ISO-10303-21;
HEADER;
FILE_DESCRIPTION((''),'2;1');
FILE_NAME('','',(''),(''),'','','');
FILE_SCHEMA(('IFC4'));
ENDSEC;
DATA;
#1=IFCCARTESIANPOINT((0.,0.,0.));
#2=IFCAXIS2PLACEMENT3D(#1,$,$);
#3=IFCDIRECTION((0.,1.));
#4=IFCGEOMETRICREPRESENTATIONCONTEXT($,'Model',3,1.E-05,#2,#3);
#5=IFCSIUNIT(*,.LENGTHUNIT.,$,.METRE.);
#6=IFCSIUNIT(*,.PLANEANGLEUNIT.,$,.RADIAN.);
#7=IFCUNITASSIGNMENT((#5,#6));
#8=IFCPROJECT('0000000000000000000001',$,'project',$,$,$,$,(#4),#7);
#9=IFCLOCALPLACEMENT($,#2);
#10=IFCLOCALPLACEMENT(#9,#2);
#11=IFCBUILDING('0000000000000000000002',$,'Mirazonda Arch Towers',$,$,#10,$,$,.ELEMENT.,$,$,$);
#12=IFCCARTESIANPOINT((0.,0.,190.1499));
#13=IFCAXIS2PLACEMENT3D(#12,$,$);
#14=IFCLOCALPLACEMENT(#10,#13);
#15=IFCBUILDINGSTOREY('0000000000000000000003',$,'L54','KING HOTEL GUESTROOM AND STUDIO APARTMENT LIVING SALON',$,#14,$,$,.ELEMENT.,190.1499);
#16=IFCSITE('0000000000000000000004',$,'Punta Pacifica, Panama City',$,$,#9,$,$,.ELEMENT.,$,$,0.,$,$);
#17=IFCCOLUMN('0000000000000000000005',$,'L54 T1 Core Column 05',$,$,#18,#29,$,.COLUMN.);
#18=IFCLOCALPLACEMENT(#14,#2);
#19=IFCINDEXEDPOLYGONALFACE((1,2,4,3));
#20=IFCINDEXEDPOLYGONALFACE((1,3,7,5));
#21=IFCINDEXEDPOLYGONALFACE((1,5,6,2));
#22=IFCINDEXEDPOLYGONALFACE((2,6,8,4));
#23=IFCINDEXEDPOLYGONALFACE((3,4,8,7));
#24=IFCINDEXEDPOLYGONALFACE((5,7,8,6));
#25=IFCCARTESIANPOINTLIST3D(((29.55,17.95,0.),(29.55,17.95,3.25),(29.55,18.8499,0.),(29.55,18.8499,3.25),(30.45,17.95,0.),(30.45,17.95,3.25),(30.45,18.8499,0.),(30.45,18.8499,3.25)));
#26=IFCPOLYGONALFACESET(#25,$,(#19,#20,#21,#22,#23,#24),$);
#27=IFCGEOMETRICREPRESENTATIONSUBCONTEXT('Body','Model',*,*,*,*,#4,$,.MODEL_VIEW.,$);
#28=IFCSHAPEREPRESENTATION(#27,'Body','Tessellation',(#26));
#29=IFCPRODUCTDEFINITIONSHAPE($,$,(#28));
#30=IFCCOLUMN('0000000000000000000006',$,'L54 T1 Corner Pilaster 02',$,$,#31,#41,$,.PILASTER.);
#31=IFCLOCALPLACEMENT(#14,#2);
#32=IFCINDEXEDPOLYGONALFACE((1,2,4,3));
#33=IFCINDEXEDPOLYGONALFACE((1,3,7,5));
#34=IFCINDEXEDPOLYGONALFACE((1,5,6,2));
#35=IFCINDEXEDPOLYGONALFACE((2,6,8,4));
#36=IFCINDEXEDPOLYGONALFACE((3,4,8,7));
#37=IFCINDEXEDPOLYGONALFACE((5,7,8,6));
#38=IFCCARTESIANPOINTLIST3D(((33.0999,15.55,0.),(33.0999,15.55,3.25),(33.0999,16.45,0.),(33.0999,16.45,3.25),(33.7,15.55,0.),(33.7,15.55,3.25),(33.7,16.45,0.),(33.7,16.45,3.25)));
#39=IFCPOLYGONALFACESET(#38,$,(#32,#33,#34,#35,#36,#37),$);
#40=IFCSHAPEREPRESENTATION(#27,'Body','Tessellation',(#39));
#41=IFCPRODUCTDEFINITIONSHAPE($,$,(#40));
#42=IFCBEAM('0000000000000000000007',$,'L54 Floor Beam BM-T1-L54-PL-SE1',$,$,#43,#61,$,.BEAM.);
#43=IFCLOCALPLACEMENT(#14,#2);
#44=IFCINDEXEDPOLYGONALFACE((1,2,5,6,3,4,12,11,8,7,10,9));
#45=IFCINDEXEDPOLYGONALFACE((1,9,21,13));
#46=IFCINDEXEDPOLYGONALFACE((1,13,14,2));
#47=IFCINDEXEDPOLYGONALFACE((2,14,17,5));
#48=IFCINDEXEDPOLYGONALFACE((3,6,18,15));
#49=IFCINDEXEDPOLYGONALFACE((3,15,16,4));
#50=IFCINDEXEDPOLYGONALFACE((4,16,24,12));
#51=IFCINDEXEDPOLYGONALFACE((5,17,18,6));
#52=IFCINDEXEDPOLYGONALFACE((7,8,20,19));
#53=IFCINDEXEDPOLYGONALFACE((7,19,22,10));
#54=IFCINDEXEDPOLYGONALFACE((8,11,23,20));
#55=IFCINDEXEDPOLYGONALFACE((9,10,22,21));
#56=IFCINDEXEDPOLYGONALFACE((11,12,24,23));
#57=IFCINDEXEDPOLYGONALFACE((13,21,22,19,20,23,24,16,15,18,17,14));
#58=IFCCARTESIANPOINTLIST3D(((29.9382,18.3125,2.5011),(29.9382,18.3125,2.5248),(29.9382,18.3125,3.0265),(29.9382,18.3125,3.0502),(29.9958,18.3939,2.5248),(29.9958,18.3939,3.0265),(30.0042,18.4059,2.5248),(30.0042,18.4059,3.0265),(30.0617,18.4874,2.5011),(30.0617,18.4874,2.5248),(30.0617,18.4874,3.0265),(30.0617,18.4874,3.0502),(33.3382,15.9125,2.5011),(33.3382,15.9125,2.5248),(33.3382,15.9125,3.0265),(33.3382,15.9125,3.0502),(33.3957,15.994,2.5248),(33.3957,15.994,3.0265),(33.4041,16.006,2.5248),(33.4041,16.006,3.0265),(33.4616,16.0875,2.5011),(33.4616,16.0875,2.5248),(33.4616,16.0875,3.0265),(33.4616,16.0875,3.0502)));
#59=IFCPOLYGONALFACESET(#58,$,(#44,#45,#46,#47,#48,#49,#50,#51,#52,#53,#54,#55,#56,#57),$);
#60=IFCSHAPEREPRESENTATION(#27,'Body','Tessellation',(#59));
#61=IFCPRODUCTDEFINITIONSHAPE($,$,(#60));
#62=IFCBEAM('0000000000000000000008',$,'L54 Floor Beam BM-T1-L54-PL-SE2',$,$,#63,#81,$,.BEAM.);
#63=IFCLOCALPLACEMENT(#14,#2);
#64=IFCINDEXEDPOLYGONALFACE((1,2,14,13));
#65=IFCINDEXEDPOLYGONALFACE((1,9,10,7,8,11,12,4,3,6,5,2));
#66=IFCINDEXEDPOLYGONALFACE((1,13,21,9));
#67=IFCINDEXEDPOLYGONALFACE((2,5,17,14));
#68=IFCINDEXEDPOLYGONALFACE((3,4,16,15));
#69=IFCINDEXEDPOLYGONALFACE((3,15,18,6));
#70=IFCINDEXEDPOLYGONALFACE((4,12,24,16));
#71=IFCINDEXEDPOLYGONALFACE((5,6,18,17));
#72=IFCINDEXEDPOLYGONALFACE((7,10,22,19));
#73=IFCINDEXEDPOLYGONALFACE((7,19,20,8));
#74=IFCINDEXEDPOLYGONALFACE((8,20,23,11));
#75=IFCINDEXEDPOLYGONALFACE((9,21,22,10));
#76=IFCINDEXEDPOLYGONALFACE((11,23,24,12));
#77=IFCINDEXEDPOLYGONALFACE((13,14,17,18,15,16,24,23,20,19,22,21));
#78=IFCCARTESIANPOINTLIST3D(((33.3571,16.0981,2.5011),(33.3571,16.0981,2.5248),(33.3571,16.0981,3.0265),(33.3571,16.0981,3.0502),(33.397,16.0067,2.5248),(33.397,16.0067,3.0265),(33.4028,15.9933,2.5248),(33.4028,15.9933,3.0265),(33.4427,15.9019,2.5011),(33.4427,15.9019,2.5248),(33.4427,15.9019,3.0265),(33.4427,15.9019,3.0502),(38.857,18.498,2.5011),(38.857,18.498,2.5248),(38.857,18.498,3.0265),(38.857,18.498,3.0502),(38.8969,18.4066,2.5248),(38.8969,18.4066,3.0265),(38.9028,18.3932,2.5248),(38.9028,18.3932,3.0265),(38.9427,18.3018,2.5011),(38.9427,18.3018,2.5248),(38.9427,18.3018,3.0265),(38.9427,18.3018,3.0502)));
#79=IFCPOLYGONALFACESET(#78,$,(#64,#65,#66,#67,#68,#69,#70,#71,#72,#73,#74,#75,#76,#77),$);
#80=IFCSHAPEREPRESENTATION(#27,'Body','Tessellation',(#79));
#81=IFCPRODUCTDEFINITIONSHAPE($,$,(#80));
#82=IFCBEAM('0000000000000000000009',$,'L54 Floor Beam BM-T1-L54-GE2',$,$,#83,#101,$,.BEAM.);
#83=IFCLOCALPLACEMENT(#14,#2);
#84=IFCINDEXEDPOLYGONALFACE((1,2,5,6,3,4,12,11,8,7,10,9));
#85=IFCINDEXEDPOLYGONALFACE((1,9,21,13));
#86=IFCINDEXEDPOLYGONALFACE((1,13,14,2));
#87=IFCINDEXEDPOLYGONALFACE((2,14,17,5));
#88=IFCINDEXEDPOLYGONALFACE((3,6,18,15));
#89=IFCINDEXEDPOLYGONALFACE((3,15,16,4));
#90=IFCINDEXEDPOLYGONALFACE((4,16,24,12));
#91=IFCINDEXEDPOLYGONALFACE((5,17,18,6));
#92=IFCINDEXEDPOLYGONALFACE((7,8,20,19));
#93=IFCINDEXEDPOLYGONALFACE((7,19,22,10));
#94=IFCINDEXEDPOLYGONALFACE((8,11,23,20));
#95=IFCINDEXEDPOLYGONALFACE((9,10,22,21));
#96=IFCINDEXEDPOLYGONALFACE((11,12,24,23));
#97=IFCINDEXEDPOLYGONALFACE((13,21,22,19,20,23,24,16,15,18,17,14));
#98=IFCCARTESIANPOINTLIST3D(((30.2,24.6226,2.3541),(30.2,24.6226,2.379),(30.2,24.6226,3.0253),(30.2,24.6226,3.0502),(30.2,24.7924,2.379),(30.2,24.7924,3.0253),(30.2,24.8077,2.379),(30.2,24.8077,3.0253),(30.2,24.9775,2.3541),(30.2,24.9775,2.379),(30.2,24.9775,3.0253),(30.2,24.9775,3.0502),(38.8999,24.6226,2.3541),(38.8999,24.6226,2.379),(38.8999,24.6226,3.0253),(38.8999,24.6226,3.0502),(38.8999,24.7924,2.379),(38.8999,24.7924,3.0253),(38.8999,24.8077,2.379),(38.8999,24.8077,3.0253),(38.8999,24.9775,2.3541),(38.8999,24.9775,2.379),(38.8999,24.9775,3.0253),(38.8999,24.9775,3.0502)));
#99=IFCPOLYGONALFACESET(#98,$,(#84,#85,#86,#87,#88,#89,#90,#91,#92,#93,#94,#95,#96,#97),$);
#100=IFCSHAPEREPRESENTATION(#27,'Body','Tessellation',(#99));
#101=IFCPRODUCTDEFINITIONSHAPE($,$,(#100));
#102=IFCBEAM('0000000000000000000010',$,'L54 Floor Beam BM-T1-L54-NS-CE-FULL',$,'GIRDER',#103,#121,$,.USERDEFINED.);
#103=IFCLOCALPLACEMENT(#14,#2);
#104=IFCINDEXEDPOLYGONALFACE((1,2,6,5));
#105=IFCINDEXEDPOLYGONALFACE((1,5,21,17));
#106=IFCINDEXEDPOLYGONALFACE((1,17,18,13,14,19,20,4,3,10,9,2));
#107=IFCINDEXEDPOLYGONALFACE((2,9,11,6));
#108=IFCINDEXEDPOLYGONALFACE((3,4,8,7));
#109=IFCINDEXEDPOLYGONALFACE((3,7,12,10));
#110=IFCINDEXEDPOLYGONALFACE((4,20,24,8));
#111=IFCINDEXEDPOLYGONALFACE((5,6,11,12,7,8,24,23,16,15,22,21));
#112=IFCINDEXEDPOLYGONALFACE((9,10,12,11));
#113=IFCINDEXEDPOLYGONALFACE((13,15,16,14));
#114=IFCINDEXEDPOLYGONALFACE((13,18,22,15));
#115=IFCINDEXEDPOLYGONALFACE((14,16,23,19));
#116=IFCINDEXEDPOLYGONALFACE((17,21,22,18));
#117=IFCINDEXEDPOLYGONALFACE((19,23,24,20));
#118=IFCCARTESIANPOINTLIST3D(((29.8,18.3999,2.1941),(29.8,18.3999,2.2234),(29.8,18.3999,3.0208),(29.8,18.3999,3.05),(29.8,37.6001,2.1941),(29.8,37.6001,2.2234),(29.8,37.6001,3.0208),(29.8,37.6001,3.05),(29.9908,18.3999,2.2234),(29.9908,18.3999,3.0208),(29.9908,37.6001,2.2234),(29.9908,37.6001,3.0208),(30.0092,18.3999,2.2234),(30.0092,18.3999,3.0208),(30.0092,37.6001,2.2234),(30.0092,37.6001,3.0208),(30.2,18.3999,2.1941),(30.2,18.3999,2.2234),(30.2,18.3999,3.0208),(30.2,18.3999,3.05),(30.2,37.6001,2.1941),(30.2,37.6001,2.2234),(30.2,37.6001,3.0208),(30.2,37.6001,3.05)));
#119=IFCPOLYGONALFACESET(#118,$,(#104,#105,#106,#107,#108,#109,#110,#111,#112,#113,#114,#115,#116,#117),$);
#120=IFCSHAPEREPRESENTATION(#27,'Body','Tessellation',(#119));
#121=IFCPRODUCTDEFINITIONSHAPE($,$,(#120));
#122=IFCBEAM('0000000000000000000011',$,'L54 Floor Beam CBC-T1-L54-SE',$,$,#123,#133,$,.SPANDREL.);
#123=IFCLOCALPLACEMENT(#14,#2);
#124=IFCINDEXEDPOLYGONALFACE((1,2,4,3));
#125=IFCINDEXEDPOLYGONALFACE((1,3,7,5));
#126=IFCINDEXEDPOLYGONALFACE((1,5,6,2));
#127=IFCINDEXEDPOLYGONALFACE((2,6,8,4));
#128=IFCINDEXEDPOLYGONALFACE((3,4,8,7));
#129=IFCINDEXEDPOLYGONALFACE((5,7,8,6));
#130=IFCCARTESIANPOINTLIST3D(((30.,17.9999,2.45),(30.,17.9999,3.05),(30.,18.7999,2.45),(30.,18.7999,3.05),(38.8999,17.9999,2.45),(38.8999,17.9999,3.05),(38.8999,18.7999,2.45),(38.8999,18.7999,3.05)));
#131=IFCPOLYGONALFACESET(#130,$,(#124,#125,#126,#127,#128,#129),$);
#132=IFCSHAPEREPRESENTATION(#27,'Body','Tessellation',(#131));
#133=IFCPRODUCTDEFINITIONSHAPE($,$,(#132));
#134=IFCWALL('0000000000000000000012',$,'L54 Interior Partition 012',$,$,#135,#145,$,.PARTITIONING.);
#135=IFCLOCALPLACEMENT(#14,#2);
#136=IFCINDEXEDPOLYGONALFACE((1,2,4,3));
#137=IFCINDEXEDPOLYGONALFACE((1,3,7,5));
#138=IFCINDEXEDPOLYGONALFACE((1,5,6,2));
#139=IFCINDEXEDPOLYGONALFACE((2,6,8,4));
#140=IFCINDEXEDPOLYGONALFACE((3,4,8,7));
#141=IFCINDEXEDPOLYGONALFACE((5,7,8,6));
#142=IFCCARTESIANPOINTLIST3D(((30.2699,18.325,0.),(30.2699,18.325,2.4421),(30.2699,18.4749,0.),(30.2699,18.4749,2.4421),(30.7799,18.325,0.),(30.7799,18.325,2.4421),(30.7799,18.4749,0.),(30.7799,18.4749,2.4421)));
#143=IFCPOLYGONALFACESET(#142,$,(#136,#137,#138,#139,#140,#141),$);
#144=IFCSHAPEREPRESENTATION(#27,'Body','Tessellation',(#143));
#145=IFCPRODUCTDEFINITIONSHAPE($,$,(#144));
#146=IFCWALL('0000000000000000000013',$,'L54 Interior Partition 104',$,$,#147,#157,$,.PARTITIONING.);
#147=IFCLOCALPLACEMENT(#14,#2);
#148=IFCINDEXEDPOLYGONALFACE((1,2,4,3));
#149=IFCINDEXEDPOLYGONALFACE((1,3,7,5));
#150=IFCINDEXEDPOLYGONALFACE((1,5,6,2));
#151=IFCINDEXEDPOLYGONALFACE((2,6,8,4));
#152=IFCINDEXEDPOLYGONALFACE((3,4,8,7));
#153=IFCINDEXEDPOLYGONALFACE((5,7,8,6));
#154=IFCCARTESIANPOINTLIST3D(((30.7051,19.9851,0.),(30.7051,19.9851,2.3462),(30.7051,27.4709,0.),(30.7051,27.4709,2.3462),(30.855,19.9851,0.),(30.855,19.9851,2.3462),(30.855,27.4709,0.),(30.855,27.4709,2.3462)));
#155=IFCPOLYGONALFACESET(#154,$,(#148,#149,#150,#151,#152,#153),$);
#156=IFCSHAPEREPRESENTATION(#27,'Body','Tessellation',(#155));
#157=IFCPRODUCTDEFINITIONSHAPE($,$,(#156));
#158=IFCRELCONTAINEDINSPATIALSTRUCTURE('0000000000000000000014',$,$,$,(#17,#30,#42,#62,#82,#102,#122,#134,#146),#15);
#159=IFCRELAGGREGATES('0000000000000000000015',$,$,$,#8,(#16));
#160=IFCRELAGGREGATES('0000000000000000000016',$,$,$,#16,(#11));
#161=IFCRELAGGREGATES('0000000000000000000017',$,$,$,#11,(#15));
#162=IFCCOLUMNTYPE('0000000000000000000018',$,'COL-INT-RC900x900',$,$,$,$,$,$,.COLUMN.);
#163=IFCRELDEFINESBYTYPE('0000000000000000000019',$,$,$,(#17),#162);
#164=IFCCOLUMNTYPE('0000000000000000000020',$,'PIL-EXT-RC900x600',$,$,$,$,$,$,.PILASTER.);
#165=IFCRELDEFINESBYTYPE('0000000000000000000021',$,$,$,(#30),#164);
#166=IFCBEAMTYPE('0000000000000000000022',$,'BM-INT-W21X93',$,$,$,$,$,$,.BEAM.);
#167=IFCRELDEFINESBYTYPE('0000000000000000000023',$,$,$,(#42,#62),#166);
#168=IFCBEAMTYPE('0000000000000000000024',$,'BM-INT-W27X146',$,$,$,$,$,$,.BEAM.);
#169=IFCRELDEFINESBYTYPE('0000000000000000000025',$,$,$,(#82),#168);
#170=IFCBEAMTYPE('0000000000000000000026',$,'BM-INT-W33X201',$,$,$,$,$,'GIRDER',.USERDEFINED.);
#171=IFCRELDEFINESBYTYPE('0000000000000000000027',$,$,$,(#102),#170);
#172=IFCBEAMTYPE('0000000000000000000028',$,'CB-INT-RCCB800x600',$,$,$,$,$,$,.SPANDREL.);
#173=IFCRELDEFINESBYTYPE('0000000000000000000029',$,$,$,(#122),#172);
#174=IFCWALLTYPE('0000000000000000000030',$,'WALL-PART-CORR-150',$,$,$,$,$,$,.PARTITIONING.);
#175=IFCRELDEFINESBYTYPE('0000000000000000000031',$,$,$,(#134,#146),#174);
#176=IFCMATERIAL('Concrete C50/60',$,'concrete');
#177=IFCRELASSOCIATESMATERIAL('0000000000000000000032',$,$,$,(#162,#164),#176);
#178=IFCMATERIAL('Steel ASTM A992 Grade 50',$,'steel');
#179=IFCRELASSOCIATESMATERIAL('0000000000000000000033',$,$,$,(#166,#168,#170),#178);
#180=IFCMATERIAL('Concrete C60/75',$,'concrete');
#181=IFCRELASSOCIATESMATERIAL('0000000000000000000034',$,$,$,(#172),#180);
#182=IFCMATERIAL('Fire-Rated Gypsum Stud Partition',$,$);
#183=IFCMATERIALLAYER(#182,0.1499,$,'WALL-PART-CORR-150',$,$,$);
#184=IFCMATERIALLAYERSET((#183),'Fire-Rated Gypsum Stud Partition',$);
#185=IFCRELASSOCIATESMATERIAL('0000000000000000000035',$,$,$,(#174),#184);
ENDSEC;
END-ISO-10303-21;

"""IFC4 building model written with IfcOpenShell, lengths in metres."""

from ifc_helpers import new_model, si_unit, direction, frame, frame_2d, origin, origin_2d, place, context, subcontext, project, spatial, rectangle, i_section, extrude, material, layer, layer_set, material_profile, profile_set, type_object, element, save


model = new_model("IFC4")

# Units and contexts
model_context = context("Model", 3, precision=1e-05, world=origin(), true_north=direction((0.0, 1.0)))
body_context = subcontext(model_context, "Body", "Model", "MODEL_VIEW")
ifc_project = project(units=[si_unit("LENGTHUNIT", "METRE"), si_unit("PLANEANGLEUNIT", "RADIAN")], contexts=[model_context])

# Site, building, storey
site_placement = place(None, origin())
site = spatial("IfcSite", under=ifc_project, at=site_placement, Name="Punta Pacifica, Panama City", CompositionType="ELEMENT", RefElevation=0.0)
building_placement = place(site_placement, origin())
building = spatial("IfcBuilding", under=site, at=building_placement, Name="Mirazonda Arch Towers", CompositionType="ELEMENT")
storey_placement = place(building_placement, frame((0.0, 0.0, 190.1499)))
storey = spatial("IfcBuildingStorey", under=building, at=storey_placement, Name="L54", Description="KING HOTEL GUESTROOM AND STUDIO APARTMENT LIVING SALON", CompositionType="ELEMENT", Elevation=190.1499)

# Columns
ifc_material_1 = material(Name="Concrete C50/60", Category="concrete")
ifc_material_profile_1 = material_profile(ifc_material_1, rectangle(XDim=0.8999, YDim=0.8999, at=origin_2d()), Name="RC900x900")
ifc_profile_set_1 = profile_set([ifc_material_profile_1], Name="Concrete C50/60")
column_type_1 = type_object("IfcColumnType", Name="COL-INT-RC900x900", PredefinedType="COLUMN", material=ifc_profile_set_1)
column_1_placement = place(storey_placement, frame((30.0, 18.3999, 0.0), z_axis=(0.0, 0.0, 1.0), x_axis=(1.0, 0.0, 0.0)))
element("IfcColumn", 1, at=column_1_placement, inside=storey, type_object=column_type_1, Name="L54 T1 Core Column 05", PredefinedType="COLUMN", context=body_context, shape_type="SweptSolid", body=[
    extrude(rectangle(XDim=0.8999, YDim=0.8999, at=origin_2d()), origin(), (0.0, 0.0, 1.0), 3.25),
])
ifc_material_profile_2 = material_profile(ifc_material_1, rectangle(XDim=0.6001, YDim=0.8999, at=origin_2d()), Name="RC900x600")
ifc_profile_set_2 = profile_set([ifc_material_profile_2], Name="Concrete C50/60")
column_type_2 = type_object("IfcColumnType", Name="PIL-EXT-RC900x600", PredefinedType="PILASTER", material=ifc_profile_set_2)
column_2_placement = place(storey_placement, frame((33.3999, 16.0, 0.0), z_axis=(0.0, 0.0, 1.0), x_axis=(1.0, 0.0, 0.0)))
element("IfcColumn", 2, at=column_2_placement, inside=storey, type_object=column_type_2, Name="L54 T1 Corner Pilaster 02", PredefinedType="PILASTER", context=body_context, shape_type="SweptSolid", body=[
    extrude(rectangle(XDim=0.6001, YDim=0.8999, at=origin_2d()), origin(), (0.0, 0.0, 1.0), 3.25),
])

# Beams
ifc_material_2 = material(Name="Steel ASTM A992 Grade 50", Category="steel")
ifc_material_profile_3 = material_profile(ifc_material_2, i_section(OverallWidth=0.2141, OverallDepth=0.5491, WebThickness=0.0146, FlangeThickness=0.0237, at=origin_2d()), Name="W21X93")
ifc_profile_set_3 = profile_set([ifc_material_profile_3], Name="Steel ASTM A992 Grade 50")
beam_type_1 = type_object("IfcBeamType", Name="BM-INT-W21X93", PredefinedType="BEAM", material=ifc_profile_set_3)
beam_1_placement = place(storey_placement, frame((33.3999, 16.0, 2.7756), z_axis=(-0.816971, 0.576679, 0.0), x_axis=(-0.576679, -0.816971, 0.0)))
element("IfcBeam", 3, at=beam_1_placement, inside=storey, type_object=beam_type_1, Name="L54 Floor Beam BM-T1-L54-PL-SE1", PredefinedType="BEAM", context=body_context, shape_type="SweptSolid", body=[
    extrude(i_section(OverallWidth=0.2141, OverallDepth=0.5491, WebThickness=0.0146, FlangeThickness=0.0237, at=origin_2d()), origin(), (0.0, 0.0, 1.0), 4.1616),
])
beam_2_placement = place(storey_placement, frame((33.3999, 16.0, 2.7756), z_axis=(0.916545, 0.399931, 0.0), x_axis=(-0.399931, 0.916545, 0.0)))
element("IfcBeam", 4, at=beam_2_placement, inside=storey, type_object=beam_type_1, Name="L54 Floor Beam BM-T1-L54-PL-SE2", PredefinedType="BEAM", context=body_context, shape_type="SweptSolid", body=[
    extrude(i_section(OverallWidth=0.2141, OverallDepth=0.5491, WebThickness=0.0146, FlangeThickness=0.0237, at=origin_2d()), origin(), (0.0, 0.0, 1.0), 6.0007),
])
ifc_material_profile_4 = material_profile(ifc_material_2, i_section(OverallWidth=0.355, OverallDepth=0.696, WebThickness=0.0154, FlangeThickness=0.0249, at=origin_2d()), Name="W27X146")
ifc_profile_set_4 = profile_set([ifc_material_profile_4], Name="Steel ASTM A992 Grade 50")
beam_type_2 = type_object("IfcBeamType", Name="BM-INT-W27X146", PredefinedType="BEAM", material=ifc_profile_set_4)
beam_3_placement = place(storey_placement, frame((30.2, 24.8, 2.7021), z_axis=(1.0, 0.0, 0.0), x_axis=(0.0, 1.0, 0.0)))
element("IfcBeam", 5, at=beam_3_placement, inside=storey, type_object=beam_type_2, Name="L54 Floor Beam BM-T1-L54-GE2", PredefinedType="BEAM", context=body_context, shape_type="SweptSolid", body=[
    extrude(i_section(OverallWidth=0.355, OverallDepth=0.696, WebThickness=0.0154, FlangeThickness=0.0249, at=origin_2d()), origin(), (0.0, 0.0, 1.0), 8.7),
])
ifc_material_profile_5 = material_profile(ifc_material_2, i_section(OverallWidth=0.3999, OverallDepth=0.856, WebThickness=0.0183, FlangeThickness=0.0293, at=origin_2d()), Name="W33X201")
ifc_profile_set_5 = profile_set([ifc_material_profile_5], Name="Steel ASTM A992 Grade 50")
beam_type_3 = type_object("IfcBeamType", Name="BM-INT-W33X201", ElementType="GIRDER", PredefinedType="USERDEFINED", material=ifc_profile_set_5)
beam_4_placement = place(storey_placement, frame((30.0, 18.3999, 2.6221), z_axis=(0.0, 1.0, 0.0), x_axis=(-1.0, 0.0, 0.0)))
element("IfcBeam", 6, at=beam_4_placement, inside=storey, type_object=beam_type_3, Name="L54 Floor Beam BM-T1-L54-NS-CE-FULL", ObjectType="GIRDER", PredefinedType="USERDEFINED", context=body_context, shape_type="SweptSolid", body=[
    extrude(i_section(OverallWidth=0.3999, OverallDepth=0.856, WebThickness=0.0183, FlangeThickness=0.0293, at=origin_2d()), origin(), (0.0, 0.0, 1.0), 19.2002),
])
ifc_material_3 = material(Name="Concrete C60/75", Category="concrete")
ifc_material_profile_6 = material_profile(ifc_material_3, rectangle(XDim=0.8, YDim=0.6001, at=origin_2d()), Name="RCCB800x600")
ifc_profile_set_6 = profile_set([ifc_material_profile_6], Name="Concrete C60/75")
beam_type_4 = type_object("IfcBeamType", Name="CB-INT-RCCB800x600", PredefinedType="SPANDREL", material=ifc_profile_set_6)
beam_5_placement = place(storey_placement, frame((30.0, 18.3999, 2.75), z_axis=(1.0, 0.0, 0.0), x_axis=(0.0, 1.0, 0.0)))
element("IfcBeam", 7, at=beam_5_placement, inside=storey, type_object=beam_type_4, Name="L54 Floor Beam CBC-T1-L54-SE", PredefinedType="SPANDREL", context=body_context, shape_type="SweptSolid", body=[
    extrude(rectangle(XDim=0.8, YDim=0.6001, at=origin_2d()), origin(), (0.0, 0.0, 1.0), 8.8999),
])

# Walls
ifc_material_4 = material(Name="Fire-Rated Gypsum Stud Partition")
ifc_layer_1 = layer(ifc_material_4, 0.1499, Name="WALL-PART-CORR-150")
ifc_layer_set_1 = layer_set([ifc_layer_1], Name="Fire-Rated Gypsum Stud Partition")
wall_type_1 = type_object("IfcWallType", Name="WALL-PART-CORR-150", PredefinedType="PARTITIONING", material=ifc_layer_set_1)
wall_1_placement = place(storey_placement, frame((30.27, 18.3999, 0.0), z_axis=(0.0, 0.0, 1.0), x_axis=(1.0, 0.0, 0.0)))
element("IfcWall", 8, at=wall_1_placement, inside=storey, type_object=wall_type_1, Name="L54 Interior Partition 012", PredefinedType="PARTITIONING", context=body_context, shape_type="SweptSolid", body=[
    extrude(rectangle(XDim=0.51, YDim=0.1499, at=frame_2d((0.2549, 0.0))), origin(), (0.0, 0.0, 1.0), 2.4421),
])
wall_2_placement = place(storey_placement, frame((30.78, 19.9851, 0.0), z_axis=(0.0, 0.0, 1.0), x_axis=(0.0, 1.0, 0.0)))
element("IfcWall", 9, at=wall_2_placement, inside=storey, type_object=wall_type_1, Name="L54 Interior Partition 104", PredefinedType="PARTITIONING", context=body_context, shape_type="SweptSolid", body=[
    extrude(rectangle(XDim=7.4858, YDim=0.1499, at=frame_2d((3.7429, 0.0))), origin(), (0.0, 0.0, 1.0), 2.3462),
])

save(model, "model.ifc")
